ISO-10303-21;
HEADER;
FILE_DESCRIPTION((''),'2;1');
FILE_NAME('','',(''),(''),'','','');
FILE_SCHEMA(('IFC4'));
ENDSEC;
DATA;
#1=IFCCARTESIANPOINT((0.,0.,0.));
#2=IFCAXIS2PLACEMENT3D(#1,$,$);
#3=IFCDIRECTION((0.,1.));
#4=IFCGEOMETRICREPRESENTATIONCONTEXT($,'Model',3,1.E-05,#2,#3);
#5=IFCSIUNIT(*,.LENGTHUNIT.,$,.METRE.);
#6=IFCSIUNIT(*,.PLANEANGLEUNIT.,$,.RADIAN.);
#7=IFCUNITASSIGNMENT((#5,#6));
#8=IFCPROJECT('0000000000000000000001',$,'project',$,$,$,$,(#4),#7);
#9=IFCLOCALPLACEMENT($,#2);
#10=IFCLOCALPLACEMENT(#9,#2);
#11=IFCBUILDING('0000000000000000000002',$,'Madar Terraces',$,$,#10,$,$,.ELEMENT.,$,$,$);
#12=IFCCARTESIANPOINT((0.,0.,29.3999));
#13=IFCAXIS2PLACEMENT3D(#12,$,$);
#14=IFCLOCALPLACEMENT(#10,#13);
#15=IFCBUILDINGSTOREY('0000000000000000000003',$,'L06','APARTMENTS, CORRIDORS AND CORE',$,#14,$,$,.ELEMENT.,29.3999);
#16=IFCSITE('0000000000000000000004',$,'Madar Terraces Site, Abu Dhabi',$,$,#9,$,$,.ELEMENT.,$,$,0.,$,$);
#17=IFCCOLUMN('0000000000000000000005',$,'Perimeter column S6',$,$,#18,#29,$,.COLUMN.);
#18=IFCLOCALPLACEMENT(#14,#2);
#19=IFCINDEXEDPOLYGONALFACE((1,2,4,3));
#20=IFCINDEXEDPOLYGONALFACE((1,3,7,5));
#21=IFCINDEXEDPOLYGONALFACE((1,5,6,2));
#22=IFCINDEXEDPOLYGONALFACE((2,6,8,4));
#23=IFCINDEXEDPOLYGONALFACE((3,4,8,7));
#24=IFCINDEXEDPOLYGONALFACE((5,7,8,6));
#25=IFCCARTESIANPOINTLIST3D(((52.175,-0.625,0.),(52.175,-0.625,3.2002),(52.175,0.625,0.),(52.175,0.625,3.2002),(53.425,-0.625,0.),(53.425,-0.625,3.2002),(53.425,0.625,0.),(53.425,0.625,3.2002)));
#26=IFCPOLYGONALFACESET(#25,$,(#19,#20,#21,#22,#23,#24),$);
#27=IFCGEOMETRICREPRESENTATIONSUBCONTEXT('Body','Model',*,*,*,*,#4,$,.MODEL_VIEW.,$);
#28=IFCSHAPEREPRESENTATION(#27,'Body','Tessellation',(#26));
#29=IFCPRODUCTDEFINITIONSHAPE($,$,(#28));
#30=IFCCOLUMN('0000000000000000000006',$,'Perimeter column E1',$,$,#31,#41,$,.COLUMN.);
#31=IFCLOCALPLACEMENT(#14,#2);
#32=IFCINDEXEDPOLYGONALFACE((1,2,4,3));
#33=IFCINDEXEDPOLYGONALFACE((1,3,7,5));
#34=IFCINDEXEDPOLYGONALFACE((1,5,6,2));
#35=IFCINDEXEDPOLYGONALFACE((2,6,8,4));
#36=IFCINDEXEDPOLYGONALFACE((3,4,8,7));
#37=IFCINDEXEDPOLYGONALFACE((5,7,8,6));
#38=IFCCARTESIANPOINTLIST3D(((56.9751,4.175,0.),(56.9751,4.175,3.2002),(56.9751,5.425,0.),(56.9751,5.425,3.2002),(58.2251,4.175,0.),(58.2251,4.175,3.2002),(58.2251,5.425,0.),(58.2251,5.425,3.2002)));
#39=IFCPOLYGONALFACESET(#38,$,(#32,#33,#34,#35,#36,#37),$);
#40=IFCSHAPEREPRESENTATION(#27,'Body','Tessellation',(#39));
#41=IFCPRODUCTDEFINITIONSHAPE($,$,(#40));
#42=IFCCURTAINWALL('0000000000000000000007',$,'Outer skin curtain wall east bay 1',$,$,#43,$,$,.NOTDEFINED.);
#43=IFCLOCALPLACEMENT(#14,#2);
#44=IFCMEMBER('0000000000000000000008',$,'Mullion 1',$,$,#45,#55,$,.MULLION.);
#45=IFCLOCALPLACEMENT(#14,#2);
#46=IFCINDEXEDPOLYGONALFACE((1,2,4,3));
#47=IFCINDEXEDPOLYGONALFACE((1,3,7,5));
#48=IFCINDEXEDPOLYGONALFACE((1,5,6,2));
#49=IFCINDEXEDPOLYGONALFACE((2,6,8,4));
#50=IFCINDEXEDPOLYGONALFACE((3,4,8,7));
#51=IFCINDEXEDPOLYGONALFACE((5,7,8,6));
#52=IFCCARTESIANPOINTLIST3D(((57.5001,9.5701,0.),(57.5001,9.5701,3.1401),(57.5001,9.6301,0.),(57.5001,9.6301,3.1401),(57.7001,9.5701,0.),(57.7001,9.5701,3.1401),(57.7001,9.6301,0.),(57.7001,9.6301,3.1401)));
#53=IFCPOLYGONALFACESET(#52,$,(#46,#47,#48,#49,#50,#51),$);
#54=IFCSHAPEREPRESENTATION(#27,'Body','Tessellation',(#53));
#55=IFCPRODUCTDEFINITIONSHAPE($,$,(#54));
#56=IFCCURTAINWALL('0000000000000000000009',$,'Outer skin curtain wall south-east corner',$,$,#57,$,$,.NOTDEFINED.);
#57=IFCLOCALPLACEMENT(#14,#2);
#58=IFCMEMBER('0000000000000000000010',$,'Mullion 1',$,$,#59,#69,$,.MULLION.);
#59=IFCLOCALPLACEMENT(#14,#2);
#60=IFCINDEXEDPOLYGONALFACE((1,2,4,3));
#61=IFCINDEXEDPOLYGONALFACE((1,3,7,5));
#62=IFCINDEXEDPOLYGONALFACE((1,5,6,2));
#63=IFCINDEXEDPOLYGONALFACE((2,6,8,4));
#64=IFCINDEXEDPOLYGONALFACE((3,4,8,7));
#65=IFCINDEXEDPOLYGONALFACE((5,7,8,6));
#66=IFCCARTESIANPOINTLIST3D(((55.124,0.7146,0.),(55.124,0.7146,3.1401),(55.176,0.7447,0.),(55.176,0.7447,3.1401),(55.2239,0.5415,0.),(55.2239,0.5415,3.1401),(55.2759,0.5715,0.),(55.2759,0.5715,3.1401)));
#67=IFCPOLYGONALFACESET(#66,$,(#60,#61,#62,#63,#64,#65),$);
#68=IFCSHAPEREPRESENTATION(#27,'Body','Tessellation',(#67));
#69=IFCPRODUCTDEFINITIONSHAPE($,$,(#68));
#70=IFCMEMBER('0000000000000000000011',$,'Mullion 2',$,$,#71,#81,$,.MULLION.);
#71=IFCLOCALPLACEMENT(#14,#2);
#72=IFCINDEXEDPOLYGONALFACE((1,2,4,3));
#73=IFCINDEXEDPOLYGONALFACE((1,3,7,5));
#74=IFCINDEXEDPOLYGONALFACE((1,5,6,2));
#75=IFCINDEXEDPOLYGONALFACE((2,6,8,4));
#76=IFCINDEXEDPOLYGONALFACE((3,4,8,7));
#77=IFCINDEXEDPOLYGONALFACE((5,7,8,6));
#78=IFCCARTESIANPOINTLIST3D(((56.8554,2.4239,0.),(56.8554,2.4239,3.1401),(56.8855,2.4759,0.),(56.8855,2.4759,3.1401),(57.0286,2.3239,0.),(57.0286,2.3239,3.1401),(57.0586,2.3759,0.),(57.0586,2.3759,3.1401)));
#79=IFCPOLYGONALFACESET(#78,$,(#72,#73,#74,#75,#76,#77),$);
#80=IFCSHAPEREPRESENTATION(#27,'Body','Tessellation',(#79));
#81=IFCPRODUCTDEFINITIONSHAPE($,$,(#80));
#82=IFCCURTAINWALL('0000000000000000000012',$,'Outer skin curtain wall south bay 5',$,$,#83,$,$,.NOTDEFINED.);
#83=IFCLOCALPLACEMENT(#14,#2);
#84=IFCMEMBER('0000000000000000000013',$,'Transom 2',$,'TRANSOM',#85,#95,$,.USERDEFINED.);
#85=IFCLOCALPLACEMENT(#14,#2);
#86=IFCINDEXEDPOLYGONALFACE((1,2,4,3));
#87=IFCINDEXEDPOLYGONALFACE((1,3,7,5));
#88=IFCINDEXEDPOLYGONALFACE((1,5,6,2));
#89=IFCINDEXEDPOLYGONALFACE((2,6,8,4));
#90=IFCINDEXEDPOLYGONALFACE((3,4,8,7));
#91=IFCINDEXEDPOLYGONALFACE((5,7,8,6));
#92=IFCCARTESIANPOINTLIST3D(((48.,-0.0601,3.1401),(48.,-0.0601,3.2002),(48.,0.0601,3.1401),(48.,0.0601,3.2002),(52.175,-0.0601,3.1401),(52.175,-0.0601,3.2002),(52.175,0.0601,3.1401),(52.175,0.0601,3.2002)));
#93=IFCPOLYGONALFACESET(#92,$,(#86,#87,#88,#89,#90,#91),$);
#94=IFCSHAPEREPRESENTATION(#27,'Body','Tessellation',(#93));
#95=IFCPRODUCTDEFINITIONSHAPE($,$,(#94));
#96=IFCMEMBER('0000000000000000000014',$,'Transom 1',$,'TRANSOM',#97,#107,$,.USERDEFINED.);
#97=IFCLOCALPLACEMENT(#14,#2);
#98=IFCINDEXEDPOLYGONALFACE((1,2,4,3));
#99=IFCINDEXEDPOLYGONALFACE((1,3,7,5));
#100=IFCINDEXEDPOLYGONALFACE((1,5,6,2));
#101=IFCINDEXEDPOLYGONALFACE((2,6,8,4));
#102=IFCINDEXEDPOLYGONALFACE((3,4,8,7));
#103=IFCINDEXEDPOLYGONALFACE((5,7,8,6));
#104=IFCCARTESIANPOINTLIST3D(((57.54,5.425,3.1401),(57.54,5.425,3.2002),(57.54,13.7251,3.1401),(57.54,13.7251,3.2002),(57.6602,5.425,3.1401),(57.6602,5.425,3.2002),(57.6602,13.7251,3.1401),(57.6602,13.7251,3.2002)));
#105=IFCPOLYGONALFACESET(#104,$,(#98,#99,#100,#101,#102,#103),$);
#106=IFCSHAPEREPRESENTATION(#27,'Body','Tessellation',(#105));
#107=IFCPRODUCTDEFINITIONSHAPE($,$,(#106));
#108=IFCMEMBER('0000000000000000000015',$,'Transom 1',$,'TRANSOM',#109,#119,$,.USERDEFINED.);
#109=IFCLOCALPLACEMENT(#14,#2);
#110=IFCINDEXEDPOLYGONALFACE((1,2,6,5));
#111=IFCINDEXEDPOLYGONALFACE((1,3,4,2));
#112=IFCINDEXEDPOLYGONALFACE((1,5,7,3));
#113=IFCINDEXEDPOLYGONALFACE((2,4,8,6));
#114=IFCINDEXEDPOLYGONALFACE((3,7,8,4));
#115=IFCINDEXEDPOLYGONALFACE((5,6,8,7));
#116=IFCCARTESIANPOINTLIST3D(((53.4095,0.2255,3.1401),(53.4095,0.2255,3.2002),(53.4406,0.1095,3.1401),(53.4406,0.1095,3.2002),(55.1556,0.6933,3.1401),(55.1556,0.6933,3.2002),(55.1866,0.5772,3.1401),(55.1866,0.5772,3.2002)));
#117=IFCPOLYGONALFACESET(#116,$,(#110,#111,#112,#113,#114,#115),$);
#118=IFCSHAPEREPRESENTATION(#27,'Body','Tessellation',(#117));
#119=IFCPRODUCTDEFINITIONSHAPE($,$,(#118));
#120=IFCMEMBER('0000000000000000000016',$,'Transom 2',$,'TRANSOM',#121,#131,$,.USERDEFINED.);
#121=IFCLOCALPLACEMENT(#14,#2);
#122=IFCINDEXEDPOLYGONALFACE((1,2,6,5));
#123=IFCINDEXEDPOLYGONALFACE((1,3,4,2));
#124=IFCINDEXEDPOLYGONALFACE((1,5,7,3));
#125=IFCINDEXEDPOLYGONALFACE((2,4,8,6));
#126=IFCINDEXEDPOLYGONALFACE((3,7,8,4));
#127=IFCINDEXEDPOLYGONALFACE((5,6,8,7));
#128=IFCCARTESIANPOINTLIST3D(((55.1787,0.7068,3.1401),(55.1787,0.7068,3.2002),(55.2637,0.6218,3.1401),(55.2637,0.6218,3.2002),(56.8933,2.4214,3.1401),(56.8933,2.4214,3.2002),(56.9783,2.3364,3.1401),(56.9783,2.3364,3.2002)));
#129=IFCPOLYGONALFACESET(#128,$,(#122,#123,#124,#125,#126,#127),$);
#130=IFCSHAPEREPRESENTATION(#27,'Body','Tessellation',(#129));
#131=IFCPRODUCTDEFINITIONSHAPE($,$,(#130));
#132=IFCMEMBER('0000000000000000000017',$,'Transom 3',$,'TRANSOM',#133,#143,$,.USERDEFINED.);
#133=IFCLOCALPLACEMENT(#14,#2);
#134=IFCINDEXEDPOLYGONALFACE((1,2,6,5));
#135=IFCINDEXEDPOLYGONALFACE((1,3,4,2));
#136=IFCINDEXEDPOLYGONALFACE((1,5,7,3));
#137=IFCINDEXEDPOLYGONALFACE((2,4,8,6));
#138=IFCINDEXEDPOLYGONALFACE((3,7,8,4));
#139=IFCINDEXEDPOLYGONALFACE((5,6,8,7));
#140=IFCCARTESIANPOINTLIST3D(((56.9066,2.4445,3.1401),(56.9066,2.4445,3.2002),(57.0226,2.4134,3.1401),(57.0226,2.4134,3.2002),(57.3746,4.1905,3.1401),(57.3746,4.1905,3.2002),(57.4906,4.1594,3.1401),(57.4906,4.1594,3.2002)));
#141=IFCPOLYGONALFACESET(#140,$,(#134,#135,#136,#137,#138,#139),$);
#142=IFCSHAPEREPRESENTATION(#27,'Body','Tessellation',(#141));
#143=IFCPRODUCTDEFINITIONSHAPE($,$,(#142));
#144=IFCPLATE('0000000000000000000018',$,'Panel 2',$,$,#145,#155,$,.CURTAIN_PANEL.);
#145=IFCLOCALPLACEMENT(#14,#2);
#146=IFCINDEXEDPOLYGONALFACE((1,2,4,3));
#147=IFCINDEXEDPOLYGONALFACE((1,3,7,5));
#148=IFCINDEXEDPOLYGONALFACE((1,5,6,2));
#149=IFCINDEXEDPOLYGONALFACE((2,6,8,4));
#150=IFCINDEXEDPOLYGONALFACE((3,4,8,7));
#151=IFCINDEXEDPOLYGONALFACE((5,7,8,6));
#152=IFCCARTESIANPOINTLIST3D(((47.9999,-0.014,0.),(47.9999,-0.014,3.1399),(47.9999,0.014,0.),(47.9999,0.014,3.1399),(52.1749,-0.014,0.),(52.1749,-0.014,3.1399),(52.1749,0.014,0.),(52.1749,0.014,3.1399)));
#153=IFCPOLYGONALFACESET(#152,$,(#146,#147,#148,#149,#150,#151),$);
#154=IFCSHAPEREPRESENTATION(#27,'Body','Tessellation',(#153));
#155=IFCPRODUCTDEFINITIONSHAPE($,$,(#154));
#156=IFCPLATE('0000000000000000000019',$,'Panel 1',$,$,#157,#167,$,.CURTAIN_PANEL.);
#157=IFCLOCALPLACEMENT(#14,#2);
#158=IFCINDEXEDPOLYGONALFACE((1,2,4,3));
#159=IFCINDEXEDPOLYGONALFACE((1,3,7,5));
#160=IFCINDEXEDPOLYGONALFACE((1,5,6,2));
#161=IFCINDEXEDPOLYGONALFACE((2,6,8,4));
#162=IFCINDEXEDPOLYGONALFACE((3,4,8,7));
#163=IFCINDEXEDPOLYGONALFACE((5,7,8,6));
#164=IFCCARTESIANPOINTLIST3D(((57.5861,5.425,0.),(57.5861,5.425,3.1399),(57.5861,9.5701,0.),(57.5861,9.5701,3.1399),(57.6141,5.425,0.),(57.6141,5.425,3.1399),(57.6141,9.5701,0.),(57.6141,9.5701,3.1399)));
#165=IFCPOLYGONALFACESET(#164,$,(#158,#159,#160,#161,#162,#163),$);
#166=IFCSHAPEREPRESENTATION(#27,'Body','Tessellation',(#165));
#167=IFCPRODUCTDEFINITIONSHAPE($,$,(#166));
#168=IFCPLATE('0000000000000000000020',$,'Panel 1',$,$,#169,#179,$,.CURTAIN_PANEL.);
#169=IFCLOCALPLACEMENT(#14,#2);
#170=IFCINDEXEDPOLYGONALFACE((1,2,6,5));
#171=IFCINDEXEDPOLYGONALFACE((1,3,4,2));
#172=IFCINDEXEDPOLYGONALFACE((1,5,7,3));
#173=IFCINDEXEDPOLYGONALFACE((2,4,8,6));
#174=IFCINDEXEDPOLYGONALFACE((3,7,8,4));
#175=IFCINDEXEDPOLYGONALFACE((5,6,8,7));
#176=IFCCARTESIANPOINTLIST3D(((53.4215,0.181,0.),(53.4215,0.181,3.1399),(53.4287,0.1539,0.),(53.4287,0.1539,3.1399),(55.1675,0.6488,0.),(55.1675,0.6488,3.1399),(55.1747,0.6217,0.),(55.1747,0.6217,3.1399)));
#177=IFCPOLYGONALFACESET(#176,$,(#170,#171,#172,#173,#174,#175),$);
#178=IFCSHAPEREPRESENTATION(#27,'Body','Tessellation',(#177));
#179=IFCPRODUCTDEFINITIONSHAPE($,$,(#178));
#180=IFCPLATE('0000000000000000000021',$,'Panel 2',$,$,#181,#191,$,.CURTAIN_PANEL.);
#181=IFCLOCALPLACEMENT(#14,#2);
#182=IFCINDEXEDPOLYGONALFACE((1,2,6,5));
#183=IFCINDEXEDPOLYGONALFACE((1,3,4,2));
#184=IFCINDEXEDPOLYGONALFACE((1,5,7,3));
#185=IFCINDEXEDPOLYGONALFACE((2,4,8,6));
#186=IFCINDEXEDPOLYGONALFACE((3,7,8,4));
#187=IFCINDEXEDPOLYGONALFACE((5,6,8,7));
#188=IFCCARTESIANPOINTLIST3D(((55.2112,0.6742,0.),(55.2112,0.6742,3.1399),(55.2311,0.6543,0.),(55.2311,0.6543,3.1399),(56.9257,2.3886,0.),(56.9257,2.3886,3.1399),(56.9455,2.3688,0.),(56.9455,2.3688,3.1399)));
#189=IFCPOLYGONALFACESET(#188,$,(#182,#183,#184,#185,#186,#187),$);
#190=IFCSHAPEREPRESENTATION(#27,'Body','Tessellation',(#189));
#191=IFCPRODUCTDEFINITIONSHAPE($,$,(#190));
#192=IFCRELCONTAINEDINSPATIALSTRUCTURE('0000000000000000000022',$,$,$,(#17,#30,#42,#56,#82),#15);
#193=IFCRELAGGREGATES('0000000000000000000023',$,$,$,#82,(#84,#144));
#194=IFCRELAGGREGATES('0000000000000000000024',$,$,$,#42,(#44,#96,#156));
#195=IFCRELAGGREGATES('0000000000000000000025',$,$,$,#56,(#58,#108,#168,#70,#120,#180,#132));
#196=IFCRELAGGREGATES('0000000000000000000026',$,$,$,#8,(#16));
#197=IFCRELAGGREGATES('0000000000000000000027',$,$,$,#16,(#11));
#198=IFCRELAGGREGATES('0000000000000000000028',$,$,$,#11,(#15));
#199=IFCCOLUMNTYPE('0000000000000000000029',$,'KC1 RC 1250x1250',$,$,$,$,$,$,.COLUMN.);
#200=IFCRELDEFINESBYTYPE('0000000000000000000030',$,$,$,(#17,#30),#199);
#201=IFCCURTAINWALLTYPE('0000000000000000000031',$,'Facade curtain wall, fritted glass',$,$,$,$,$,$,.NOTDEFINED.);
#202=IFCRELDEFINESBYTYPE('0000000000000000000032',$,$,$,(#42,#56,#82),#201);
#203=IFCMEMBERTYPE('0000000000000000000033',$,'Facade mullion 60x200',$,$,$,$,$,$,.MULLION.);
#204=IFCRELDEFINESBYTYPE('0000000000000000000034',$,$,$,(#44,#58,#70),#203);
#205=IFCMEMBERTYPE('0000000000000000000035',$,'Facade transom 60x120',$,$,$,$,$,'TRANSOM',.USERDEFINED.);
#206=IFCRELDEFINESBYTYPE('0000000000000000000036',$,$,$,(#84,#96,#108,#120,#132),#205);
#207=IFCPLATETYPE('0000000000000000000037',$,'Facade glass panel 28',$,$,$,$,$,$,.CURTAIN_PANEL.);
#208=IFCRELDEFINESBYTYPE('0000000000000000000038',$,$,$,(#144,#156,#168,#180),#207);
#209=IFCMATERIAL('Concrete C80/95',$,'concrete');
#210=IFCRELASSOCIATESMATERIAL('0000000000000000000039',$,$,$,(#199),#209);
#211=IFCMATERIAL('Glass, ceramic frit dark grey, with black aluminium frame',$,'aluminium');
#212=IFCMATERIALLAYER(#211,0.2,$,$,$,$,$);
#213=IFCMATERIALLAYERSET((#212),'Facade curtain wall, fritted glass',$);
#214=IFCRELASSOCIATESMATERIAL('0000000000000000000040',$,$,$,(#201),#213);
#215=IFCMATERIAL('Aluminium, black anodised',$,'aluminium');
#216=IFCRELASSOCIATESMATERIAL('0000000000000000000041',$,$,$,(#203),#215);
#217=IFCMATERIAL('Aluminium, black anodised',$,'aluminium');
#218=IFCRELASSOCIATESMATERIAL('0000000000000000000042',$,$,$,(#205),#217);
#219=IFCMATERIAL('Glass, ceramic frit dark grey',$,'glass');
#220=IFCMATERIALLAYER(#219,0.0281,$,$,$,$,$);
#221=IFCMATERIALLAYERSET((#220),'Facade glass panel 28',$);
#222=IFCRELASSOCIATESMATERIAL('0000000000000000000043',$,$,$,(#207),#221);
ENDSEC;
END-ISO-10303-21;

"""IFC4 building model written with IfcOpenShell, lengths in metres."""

from ifc_helpers import new_model, si_unit, direction, frame, origin, origin_2d, place, context, subcontext, project, spatial, rectangle, extrude, material, layer, layer_set, material_profile, profile_set, type_object, element, aggregate, save


model = new_model("IFC4")

# Units and contexts
model_context = context("Model", 3, precision=1e-05, world=origin(), true_north=direction((0.0, 1.0)))
body_context = subcontext(model_context, "Body", "Model", "MODEL_VIEW")
ifc_project = project(units=[si_unit("LENGTHUNIT", "METRE"), si_unit("PLANEANGLEUNIT", "RADIAN")], contexts=[model_context])

# Site, building, storey
site_placement = place(None, origin())
site = spatial("IfcSite", under=ifc_project, at=site_placement, Name="Madar Terraces Site, Abu Dhabi", CompositionType="ELEMENT", RefElevation=0.0)
building_placement = place(site_placement, origin())
building = spatial("IfcBuilding", under=site, at=building_placement, Name="Madar Terraces", CompositionType="ELEMENT")
storey_placement = place(building_placement, frame((0.0, 0.0, 29.3999)))
storey = spatial("IfcBuildingStorey", under=building, at=storey_placement, Name="L06", Description="APARTMENTS, CORRIDORS AND CORE", CompositionType="ELEMENT", Elevation=29.3999)

# Columns
ifc_material_1 = material(Name="Concrete C80/95", Category="concrete")
ifc_material_profile_1 = material_profile(ifc_material_1, rectangle(XDim=1.25, YDim=1.25, at=origin_2d()), Name="KC1 RC 1250x1250")
ifc_profile_set_1 = profile_set([ifc_material_profile_1], Name="Concrete C80/95")
column_type = type_object("IfcColumnType", Name="KC1 RC 1250x1250", PredefinedType="COLUMN", material=ifc_profile_set_1)
for number, where, z_axis, x_axis, name in (
    (1, (52.8, 0.0, 0.0), (0.0, 0.0, 1.0), (1.0, 0.0, 0.0), "Perimeter column S6"),
    (2, (57.6001, 4.8, 0.0), (0.0, 0.0, 1.0), (1.0, 0.0, 0.0), "Perimeter column E1"),
):
    element("IfcColumn", number, at=place(storey_placement, frame(where, z_axis=z_axis, x_axis=x_axis)), inside=storey, type_object=column_type, Name=name, PredefinedType="COLUMN", context=body_context, shape_type="SweptSolid", body=[
        extrude(rectangle(XDim=1.25, YDim=1.25, at=origin_2d()), origin(), (0.0, 0.0, 1.0), 3.2002),
    ])

# Curtain wall, member
ifc_material_2 = material(Name="Glass, ceramic frit dark grey, with black aluminium frame", Category="aluminium")
ifc_layer_1 = layer(ifc_material_2, 0.2)
ifc_layer_set_1 = layer_set([ifc_layer_1], Name="Facade curtain wall, fritted glass")
curtain_wall_type = type_object("IfcCurtainWallType", Name="Facade curtain wall, fritted glass", PredefinedType="NOTDEFINED", material=ifc_layer_set_1)
curtain_wall_1_placement = place(storey_placement, origin())
curtain_wall_1 = element("IfcCurtainWall", 3, at=curtain_wall_1_placement, inside=storey, type_object=curtain_wall_type, Name="Outer skin curtain wall east bay 1", PredefinedType="NOTDEFINED")
ifc_material_3 = material(Name="Aluminium, black anodised", Category="aluminium")
ifc_material_profile_2 = material_profile(ifc_material_3, rectangle(XDim=0.2, YDim=0.0601, at=origin_2d()), Name="Facade mullion 60x200")
ifc_profile_set_2 = profile_set([ifc_material_profile_2], Name="Aluminium, black anodised")
member_type_1 = type_object("IfcMemberType", Name="Facade mullion 60x200", PredefinedType="MULLION", material=ifc_profile_set_2)
member_1_placement = place(storey_placement, frame((57.6001, 9.6001, 0.0), z_axis=(0.0, 0.0, 1.0), x_axis=(-1.0, 0.0, 0.0)))
member_1 = element("IfcMember", 4, at=member_1_placement, type_object=member_type_1, Name="Mullion 1", PredefinedType="MULLION", context=body_context, shape_type="SweptSolid", body=[
    extrude(rectangle(XDim=0.2, YDim=0.0601, at=origin_2d()), origin(), (0.0, 0.0, 1.0), 3.1401),
])

# Curtain wall, members
curtain_wall_2_placement = place(storey_placement, origin())
curtain_wall_2 = element("IfcCurtainWall", 5, at=curtain_wall_2_placement, inside=storey, type_object=curtain_wall_type, Name="Outer skin curtain wall south-east corner", PredefinedType="NOTDEFINED")
member_2_placement = place(storey_placement, frame((55.2, 0.6431, 0.0), z_axis=(0.0, 0.0, 1.0), x_axis=(-0.5, 0.866025, 0.0)))
member_2 = element("IfcMember", 6, at=member_2_placement, type_object=member_type_1, Name="Mullion 1", PredefinedType="MULLION", context=body_context, shape_type="SweptSolid", body=[
    extrude(rectangle(XDim=0.2, YDim=0.0601, at=origin_2d()), origin(), (0.0, 0.0, 1.0), 3.1401),
])
member_3_placement = place(storey_placement, frame((56.957, 2.3999, 0.0), z_axis=(0.0, 0.0, 1.0), x_axis=(-0.866025, 0.5, 0.0)))
member_3 = element("IfcMember", 7, at=member_3_placement, type_object=member_type_1, Name="Mullion 2", PredefinedType="MULLION", context=body_context, shape_type="SweptSolid", body=[
    extrude(rectangle(XDim=0.2, YDim=0.0601, at=origin_2d()), origin(), (0.0, 0.0, 1.0), 3.1401),
])

# Curtain wall, member
curtain_wall_3_placement = place(storey_placement, origin())
curtain_wall_3 = element("IfcCurtainWall", 8, at=curtain_wall_3_placement, inside=storey, type_object=curtain_wall_type, Name="Outer skin curtain wall south bay 5", PredefinedType="NOTDEFINED")
ifc_material_4 = material(Name="Aluminium, black anodised", Category="aluminium")
ifc_material_profile_3 = material_profile(ifc_material_4, rectangle(XDim=0.1201, YDim=0.0601, at=origin_2d()), Name="Facade transom 60x120")
ifc_profile_set_3 = profile_set([ifc_material_profile_3], Name="Aluminium, black anodised")
member_type_2 = type_object("IfcMemberType", Name="Facade transom 60x120", ElementType="TRANSOM", PredefinedType="USERDEFINED", material=ifc_profile_set_3)
member_4_placement = place(storey_placement, frame((48.0, 0.0, 3.1702), z_axis=(1.0, 0.0, 0.0), x_axis=(0.0, 1.0, 0.0)))
member_4 = element("IfcMember", 9, at=member_4_placement, type_object=member_type_2, Name="Transom 2", ObjectType="TRANSOM", PredefinedType="USERDEFINED", context=body_context, shape_type="SweptSolid", body=[
    extrude(rectangle(XDim=0.1201, YDim=0.0601, at=origin_2d()), origin(), (0.0, 0.0, 1.0), 4.175),
])

# Members
member_5_placement = place(storey_placement, frame((57.6001, 5.425, 3.1702), z_axis=(0.0, 1.0, 0.0), x_axis=(-1.0, 0.0, 0.0)))
member_5 = element("IfcMember", 10, at=member_5_placement, type_object=member_type_2, Name="Transom 1", ObjectType="TRANSOM", PredefinedType="USERDEFINED", context=body_context, shape_type="SweptSolid", body=[
    extrude(rectangle(XDim=0.1201, YDim=0.0601, at=origin_2d()), origin(), (0.0, 0.0, 1.0), 8.3),
])
member_6_placement = place(storey_placement, frame((53.425, 0.1675, 3.1702), z_axis=(0.965938, 0.258772, 0.0), x_axis=(-0.258772, 0.965938, 0.0)))
member_6 = element("IfcMember", 11, at=member_6_placement, type_object=member_type_2, Name="Transom 1", ObjectType="TRANSOM", PredefinedType="USERDEFINED", context=body_context, shape_type="SweptSolid", body=[
    extrude(rectangle(XDim=0.1201, YDim=0.0601, at=origin_2d()), origin(), (0.0, 0.0, 1.0), 1.8076),
])
member_7_placement = place(storey_placement, frame((55.2212, 0.6643, 3.1702), z_axis=(0.707107, 0.707107, 0.0), x_axis=(-0.707107, 0.707107, 0.0)))
member_7 = element("IfcMember", 12, at=member_7_placement, type_object=member_type_2, Name="Transom 2", ObjectType="TRANSOM", PredefinedType="USERDEFINED", context=body_context, shape_type="SweptSolid", body=[
    extrude(rectangle(XDim=0.1201, YDim=0.0601, at=origin_2d()), origin(), (0.0, 0.0, 1.0), 2.4248),
])
member_8_placement = place(storey_placement, frame((56.9646, 2.429, 3.1702), z_axis=(0.258898, 0.965905, 0.0), x_axis=(-0.965905, 0.258898, 0.0)))
member_8 = element("IfcMember", 13, at=member_8_placement, type_object=member_type_2, Name="Transom 3", ObjectType="TRANSOM", PredefinedType="USERDEFINED", context=body_context, shape_type="SweptSolid", body=[
    extrude(rectangle(XDim=0.1201, YDim=0.0601, at=origin_2d()), origin(), (0.0, 0.0, 1.0), 1.8076),
])

# Plates
ifc_material_5 = material(Name="Glass, ceramic frit dark grey", Category="glass")
ifc_layer_2 = layer(ifc_material_5, 0.0281)
ifc_layer_set_2 = layer_set([ifc_layer_2], Name="Facade glass panel 28")
plate_type = type_object("IfcPlateType", Name="Facade glass panel 28", PredefinedType="CURTAIN_PANEL", material=ifc_layer_set_2)
plate_1_placement = place(storey_placement, frame((50.0874, 0.0, 0.0), z_axis=(0.0, 0.0, 1.0), x_axis=(1.0, 0.0, 0.0)))
plate_1 = element("IfcPlate", 14, at=plate_1_placement, type_object=plate_type, Name="Panel 2", PredefinedType="CURTAIN_PANEL", context=body_context, shape_type="SweptSolid", body=[
    extrude(rectangle(XDim=4.175, YDim=0.0281, at=origin_2d()), origin(), (0.0, 0.0, 1.0), 3.1399),
])
aggregate(curtain_wall_3, [member_4, plate_1])
plate_2_placement = place(storey_placement, frame((57.6001, 7.4976, 0.0), z_axis=(0.0, 0.0, 1.0), x_axis=(0.0, 1.0, 0.0)))
plate_2 = element("IfcPlate", 15, at=plate_2_placement, type_object=plate_type, Name="Panel 1", PredefinedType="CURTAIN_PANEL", context=body_context, shape_type="SweptSolid", body=[
    extrude(rectangle(XDim=4.145, YDim=0.0281, at=origin_2d()), origin(), (0.0, 0.0, 1.0), 3.1399),
])
aggregate(curtain_wall_1, [member_1, member_5, plate_2])
plate_3_placement = place(storey_placement, frame((54.2981, 0.4014, 0.0), z_axis=(0.0, 0.0, 1.0), x_axis=(0.965926, 0.258819, 0.0)))
plate_3 = element("IfcPlate", 16, at=plate_3_placement, type_object=plate_type, Name="Panel 1", PredefinedType="CURTAIN_PANEL", context=body_context, shape_type="SweptSolid", body=[
    extrude(rectangle(XDim=1.8076, YDim=0.0281, at=origin_2d()), origin(), (0.0, 0.0, 1.0), 3.1399),
])
plate_4_placement = place(storey_placement, frame((56.0784, 1.5215, 0.0), z_axis=(0.0, 0.0, 1.0), x_axis=(0.707107, 0.707107, 0.0)))
plate_4 = element("IfcPlate", 17, at=plate_4_placement, type_object=plate_type, Name="Panel 2", PredefinedType="CURTAIN_PANEL", context=body_context, shape_type="SweptSolid", body=[
    extrude(rectangle(XDim=2.4246, YDim=0.0281, at=origin_2d()), origin(), (0.0, 0.0, 1.0), 3.1399),
])
aggregate(curtain_wall_2, [member_2, member_6, plate_3, member_3, member_7, plate_4, member_8])

save(model, "model.ifc")
